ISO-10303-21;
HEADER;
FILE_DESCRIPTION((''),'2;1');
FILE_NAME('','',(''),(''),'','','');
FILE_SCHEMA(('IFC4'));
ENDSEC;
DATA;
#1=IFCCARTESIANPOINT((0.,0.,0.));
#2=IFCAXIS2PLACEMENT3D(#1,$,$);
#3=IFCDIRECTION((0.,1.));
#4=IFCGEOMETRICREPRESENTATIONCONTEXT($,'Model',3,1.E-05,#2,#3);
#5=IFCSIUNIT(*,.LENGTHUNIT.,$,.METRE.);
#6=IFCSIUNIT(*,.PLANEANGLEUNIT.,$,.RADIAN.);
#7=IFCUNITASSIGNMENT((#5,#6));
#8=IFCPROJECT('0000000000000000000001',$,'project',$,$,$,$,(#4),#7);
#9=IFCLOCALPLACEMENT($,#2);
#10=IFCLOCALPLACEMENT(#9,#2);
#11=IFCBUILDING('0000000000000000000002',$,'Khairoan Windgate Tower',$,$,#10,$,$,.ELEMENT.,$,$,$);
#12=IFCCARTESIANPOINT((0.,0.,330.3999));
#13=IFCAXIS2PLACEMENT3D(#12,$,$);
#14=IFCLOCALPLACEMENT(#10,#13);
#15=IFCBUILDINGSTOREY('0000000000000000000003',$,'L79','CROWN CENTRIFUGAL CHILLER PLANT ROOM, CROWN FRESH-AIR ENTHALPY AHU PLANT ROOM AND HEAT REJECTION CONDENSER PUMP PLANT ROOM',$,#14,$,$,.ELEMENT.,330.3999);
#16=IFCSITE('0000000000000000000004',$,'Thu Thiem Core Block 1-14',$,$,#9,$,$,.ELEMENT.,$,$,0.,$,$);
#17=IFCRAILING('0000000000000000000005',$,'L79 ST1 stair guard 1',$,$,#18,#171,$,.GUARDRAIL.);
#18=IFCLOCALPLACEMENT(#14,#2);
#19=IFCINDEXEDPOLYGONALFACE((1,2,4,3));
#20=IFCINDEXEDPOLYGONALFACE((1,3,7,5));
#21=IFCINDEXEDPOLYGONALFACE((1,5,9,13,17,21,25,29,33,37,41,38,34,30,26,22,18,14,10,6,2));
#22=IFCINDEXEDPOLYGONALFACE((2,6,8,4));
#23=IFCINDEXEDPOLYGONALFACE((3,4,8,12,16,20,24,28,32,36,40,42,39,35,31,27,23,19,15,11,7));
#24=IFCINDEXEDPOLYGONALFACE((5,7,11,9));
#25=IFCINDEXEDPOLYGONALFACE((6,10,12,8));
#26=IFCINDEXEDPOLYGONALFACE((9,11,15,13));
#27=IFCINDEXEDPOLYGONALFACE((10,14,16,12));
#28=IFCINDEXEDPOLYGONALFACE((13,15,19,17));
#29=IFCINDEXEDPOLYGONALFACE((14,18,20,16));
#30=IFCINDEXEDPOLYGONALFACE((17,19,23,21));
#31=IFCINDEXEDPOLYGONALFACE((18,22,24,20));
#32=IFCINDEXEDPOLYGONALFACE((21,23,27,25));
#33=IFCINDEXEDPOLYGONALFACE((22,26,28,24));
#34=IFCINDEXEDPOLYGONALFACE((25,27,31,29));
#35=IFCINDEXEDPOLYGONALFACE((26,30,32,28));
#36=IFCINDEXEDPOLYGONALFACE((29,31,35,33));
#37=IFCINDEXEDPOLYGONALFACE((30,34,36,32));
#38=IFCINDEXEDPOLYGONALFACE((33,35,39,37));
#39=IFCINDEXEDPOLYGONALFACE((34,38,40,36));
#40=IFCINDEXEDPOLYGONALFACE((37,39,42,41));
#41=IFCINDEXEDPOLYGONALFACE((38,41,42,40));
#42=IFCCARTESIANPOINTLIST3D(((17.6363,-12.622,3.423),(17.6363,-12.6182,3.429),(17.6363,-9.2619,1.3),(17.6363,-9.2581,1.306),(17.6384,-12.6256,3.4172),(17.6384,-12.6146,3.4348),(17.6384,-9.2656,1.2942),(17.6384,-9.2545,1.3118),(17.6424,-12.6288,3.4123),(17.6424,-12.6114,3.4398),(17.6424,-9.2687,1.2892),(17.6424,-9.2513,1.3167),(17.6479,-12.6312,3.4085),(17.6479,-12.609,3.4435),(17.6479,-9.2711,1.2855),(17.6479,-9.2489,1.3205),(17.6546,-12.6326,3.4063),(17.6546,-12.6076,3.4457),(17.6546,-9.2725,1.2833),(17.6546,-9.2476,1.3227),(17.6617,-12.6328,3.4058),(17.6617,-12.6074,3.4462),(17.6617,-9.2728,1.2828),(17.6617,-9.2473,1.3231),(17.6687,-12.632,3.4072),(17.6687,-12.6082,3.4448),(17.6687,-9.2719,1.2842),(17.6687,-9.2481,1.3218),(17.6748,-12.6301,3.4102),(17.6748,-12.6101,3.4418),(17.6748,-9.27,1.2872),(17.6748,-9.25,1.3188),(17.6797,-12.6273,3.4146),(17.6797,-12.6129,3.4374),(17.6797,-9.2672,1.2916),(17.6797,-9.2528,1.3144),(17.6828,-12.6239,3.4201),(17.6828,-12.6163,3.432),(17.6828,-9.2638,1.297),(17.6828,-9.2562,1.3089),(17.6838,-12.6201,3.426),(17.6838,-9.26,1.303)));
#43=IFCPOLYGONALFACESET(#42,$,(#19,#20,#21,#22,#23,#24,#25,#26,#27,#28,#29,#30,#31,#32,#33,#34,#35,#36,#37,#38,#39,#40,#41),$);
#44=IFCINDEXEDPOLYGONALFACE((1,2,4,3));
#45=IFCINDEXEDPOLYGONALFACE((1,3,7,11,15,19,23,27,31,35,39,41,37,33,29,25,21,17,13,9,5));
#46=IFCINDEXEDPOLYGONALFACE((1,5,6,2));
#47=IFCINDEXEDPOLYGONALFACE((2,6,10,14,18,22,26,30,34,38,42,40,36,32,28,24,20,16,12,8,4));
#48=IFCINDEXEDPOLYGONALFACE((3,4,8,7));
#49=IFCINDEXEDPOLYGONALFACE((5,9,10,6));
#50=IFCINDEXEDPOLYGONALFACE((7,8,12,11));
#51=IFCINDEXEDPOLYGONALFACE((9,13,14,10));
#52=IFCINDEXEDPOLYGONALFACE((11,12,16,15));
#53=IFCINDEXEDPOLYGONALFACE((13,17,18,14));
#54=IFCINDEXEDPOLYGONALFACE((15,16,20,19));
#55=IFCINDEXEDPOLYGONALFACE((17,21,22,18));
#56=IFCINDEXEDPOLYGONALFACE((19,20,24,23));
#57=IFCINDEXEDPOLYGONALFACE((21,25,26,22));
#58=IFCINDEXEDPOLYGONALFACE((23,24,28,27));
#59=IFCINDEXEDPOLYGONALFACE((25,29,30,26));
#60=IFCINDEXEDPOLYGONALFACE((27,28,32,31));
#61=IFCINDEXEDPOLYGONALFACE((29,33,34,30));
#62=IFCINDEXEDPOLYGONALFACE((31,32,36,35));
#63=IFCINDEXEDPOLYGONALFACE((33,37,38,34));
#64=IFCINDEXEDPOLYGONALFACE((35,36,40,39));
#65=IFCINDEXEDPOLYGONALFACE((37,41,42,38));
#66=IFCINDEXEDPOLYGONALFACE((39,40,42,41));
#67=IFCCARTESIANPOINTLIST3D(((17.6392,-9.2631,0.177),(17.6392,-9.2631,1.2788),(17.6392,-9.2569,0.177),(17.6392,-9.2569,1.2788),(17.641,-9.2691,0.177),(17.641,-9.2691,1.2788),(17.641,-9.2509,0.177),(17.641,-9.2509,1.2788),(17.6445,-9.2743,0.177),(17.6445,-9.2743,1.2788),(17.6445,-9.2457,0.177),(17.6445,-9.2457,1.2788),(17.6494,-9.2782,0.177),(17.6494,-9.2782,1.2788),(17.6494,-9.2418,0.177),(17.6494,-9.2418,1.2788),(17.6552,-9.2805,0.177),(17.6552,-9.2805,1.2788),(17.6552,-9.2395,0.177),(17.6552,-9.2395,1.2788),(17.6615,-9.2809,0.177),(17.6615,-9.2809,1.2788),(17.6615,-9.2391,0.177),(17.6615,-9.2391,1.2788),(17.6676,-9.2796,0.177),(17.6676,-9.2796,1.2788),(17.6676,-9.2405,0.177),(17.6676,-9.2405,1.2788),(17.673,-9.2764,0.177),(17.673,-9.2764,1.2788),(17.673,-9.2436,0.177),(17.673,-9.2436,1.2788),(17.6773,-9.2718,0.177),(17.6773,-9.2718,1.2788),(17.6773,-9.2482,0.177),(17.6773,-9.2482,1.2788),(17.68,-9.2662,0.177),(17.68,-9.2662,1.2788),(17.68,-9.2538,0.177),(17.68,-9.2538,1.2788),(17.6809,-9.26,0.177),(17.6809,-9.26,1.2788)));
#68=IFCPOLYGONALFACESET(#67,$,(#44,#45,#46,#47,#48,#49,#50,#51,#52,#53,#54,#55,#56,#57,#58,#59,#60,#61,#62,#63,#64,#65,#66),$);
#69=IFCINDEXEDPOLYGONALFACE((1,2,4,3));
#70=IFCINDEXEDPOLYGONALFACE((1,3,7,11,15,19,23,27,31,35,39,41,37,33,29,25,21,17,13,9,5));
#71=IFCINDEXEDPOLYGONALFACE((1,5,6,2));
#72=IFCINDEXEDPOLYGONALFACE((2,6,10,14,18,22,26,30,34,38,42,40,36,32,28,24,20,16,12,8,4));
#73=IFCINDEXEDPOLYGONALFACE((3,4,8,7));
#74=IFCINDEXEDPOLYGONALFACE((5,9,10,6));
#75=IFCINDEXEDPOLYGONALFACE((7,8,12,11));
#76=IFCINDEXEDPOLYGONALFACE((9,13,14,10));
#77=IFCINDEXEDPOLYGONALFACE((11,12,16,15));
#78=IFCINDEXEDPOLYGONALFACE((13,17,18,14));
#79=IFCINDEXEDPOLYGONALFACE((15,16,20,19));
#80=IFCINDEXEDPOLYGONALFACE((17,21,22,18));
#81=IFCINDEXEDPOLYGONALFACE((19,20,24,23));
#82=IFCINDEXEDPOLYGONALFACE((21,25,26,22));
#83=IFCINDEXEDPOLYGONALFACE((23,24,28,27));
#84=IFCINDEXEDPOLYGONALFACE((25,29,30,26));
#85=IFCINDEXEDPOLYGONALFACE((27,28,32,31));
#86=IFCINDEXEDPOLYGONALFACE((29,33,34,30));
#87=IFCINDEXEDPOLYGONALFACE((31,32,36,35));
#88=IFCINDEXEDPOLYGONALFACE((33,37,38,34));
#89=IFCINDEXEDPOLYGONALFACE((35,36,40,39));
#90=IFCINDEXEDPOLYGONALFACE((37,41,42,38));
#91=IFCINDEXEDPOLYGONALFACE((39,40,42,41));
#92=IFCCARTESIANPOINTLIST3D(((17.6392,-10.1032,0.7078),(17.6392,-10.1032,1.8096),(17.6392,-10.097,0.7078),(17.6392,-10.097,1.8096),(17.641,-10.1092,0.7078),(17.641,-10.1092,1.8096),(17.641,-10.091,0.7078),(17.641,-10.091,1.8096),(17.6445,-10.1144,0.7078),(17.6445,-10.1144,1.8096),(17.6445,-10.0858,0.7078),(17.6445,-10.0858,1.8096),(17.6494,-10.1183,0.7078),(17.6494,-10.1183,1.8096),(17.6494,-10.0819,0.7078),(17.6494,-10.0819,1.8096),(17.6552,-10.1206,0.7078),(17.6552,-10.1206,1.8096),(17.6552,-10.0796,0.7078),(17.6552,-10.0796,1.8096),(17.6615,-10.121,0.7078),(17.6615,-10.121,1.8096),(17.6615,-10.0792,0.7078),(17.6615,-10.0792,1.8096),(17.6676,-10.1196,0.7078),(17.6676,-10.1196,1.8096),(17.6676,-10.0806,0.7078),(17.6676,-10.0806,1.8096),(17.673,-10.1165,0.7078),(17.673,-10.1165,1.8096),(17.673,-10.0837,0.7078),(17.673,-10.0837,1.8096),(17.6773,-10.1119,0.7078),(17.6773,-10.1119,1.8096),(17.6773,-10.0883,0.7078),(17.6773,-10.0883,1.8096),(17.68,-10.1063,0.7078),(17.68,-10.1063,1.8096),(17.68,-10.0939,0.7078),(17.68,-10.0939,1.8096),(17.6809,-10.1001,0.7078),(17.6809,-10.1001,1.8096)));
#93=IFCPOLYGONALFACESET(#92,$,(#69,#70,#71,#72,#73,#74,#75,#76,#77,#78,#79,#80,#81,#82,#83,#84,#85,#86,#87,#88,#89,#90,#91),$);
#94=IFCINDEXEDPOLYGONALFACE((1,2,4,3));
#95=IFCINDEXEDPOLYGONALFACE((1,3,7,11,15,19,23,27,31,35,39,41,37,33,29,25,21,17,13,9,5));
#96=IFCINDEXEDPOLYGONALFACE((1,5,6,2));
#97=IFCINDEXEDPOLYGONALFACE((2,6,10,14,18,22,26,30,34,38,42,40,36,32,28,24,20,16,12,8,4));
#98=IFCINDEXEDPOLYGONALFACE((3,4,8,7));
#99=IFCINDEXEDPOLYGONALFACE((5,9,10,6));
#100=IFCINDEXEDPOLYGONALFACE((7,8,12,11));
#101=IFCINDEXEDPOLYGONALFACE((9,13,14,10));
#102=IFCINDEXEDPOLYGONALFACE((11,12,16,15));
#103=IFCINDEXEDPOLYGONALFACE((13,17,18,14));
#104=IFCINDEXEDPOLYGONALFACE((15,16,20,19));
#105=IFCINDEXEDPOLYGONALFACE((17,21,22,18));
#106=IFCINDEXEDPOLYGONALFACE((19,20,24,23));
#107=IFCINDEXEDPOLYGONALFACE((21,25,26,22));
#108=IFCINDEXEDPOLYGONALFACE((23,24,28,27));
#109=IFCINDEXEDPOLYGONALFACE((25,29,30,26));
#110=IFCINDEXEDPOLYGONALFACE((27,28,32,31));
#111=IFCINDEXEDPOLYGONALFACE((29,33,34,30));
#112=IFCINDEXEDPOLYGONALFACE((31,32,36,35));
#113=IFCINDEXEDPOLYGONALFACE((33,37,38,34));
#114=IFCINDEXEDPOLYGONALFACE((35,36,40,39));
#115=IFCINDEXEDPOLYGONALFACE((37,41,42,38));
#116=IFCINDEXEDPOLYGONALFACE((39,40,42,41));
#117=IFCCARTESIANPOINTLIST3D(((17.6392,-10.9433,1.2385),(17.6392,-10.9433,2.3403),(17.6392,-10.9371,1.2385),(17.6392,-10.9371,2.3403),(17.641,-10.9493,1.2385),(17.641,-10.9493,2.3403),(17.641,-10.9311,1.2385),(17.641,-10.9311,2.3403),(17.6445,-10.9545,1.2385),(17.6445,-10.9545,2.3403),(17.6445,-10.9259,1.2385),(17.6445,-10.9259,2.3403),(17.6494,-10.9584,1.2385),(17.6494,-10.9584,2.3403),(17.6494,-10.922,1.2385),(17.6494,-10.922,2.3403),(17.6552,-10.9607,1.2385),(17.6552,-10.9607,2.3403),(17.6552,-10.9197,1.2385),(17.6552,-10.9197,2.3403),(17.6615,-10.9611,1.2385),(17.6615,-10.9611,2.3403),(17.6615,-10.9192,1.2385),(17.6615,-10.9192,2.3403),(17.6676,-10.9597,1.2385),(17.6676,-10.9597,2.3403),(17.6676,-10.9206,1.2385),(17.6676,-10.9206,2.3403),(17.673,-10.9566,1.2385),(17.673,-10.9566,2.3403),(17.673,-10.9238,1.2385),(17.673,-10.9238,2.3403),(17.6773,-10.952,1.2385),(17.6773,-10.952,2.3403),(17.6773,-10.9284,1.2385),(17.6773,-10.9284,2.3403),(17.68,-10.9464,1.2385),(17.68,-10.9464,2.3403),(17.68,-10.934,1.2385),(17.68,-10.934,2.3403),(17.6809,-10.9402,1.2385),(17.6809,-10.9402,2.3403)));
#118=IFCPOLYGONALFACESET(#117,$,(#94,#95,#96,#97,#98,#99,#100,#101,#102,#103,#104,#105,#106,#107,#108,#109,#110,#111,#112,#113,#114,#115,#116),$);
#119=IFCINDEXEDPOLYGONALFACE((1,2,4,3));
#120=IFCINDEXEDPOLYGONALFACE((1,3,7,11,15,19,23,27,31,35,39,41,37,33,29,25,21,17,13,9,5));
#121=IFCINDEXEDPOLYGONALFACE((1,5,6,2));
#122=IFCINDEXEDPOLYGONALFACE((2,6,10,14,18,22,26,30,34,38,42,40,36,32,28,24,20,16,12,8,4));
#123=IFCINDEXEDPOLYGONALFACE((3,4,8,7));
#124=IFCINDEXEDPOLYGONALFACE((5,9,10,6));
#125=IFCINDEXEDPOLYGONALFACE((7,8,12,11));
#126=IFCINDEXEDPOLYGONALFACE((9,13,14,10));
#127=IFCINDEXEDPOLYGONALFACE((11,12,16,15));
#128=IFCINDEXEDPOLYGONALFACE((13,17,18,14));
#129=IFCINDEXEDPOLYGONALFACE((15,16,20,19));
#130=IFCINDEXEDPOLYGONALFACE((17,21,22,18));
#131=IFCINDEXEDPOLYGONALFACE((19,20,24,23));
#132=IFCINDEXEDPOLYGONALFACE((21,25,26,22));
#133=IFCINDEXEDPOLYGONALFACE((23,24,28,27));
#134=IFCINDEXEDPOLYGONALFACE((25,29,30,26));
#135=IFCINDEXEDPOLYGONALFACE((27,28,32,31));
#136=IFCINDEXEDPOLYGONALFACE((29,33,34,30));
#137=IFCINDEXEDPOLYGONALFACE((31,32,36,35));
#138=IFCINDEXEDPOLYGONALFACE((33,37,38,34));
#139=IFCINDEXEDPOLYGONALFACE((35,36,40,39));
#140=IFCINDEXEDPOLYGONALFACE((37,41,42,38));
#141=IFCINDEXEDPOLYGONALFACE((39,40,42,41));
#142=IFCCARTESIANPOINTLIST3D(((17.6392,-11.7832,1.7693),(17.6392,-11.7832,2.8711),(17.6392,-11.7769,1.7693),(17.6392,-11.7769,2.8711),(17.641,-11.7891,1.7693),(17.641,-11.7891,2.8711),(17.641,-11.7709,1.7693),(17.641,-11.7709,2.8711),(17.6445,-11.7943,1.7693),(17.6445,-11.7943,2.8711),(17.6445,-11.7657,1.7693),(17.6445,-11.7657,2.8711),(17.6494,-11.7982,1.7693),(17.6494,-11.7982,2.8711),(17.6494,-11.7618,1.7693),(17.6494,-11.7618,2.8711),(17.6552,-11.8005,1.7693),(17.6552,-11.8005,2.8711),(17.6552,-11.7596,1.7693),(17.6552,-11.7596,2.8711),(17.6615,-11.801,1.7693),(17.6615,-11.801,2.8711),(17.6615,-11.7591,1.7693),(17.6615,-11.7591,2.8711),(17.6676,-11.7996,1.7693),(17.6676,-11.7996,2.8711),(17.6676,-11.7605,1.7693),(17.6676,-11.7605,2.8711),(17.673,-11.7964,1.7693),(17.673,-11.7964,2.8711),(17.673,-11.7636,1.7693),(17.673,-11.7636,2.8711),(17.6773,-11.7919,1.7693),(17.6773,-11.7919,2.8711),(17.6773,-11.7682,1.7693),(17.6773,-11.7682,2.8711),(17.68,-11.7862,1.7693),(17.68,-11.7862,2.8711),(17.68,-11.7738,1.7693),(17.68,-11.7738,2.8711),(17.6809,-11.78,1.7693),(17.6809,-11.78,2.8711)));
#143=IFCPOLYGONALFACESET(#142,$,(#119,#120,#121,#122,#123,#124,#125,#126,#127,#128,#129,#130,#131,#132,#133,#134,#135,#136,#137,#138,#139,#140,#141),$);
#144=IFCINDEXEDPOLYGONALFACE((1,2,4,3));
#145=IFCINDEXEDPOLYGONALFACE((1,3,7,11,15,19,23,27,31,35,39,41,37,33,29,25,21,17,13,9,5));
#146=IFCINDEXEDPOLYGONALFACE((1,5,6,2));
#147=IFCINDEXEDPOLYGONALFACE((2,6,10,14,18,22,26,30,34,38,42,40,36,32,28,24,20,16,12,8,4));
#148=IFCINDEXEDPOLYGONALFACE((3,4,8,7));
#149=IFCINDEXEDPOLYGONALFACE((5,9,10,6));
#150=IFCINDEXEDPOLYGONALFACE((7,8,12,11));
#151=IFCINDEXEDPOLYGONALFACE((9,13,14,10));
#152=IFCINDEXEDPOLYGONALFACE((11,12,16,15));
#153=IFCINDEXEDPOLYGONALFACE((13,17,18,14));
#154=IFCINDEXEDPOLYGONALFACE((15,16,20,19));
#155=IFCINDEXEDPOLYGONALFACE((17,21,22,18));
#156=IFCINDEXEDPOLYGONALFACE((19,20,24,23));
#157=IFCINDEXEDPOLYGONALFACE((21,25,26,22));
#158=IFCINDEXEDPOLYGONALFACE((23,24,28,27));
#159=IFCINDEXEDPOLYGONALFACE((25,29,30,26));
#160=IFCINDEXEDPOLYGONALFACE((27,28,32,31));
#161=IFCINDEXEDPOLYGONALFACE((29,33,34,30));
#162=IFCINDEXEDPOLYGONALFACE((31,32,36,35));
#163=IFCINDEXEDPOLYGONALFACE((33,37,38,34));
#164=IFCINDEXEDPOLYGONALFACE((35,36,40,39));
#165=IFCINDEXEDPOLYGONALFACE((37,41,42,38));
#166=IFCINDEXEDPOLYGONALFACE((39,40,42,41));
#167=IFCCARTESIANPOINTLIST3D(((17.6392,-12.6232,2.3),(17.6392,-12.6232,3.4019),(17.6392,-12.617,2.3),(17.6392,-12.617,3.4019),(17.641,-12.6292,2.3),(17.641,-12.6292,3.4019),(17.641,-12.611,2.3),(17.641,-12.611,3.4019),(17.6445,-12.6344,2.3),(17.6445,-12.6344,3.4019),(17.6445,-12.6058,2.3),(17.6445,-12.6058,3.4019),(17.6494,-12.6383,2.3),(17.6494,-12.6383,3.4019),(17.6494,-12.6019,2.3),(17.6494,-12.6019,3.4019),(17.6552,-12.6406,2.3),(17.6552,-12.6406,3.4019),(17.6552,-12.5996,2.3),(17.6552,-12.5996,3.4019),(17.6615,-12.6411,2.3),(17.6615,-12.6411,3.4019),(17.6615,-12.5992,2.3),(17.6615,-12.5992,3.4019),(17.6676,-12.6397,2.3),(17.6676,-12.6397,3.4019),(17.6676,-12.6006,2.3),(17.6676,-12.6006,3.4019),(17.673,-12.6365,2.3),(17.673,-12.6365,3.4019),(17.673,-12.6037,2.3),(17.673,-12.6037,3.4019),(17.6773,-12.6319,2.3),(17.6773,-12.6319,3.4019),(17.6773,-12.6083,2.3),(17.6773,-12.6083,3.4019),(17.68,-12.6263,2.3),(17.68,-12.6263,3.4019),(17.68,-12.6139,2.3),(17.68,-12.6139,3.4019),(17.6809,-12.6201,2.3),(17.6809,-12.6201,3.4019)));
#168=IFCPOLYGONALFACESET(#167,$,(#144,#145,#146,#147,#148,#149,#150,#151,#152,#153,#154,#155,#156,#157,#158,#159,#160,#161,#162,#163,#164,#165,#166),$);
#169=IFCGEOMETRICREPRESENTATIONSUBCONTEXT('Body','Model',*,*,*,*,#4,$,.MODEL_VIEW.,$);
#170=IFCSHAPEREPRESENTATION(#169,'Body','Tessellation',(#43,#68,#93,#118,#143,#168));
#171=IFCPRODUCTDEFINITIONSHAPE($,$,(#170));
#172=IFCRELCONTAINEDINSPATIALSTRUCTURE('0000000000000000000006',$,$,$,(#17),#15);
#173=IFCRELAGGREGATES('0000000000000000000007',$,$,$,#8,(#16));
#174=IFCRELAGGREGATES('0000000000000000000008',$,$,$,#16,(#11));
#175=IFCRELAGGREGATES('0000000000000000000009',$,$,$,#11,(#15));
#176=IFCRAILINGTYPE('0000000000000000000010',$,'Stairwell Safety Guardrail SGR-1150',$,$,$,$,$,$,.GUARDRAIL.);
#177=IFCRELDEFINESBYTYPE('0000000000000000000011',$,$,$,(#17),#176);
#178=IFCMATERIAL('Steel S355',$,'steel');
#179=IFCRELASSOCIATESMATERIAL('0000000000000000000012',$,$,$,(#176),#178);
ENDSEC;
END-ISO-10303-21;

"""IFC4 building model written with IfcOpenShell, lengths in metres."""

from ifc_helpers import new_model, si_unit, direction, frame, origin, origin_2d, place, context, subcontext, project, spatial, circle, extrude, material, type_object, element, save


model = new_model("IFC4")

# Units and contexts
model_context = context("Model", 3, precision=1e-05, world=origin(), true_north=direction((0.0, 1.0)))
body_context = subcontext(model_context, "Body", "Model", "MODEL_VIEW")
ifc_project = project(units=[si_unit("LENGTHUNIT", "METRE"), si_unit("PLANEANGLEUNIT", "RADIAN")], contexts=[model_context])

# Site, building, storey
site_placement = place(None, origin())
site = spatial("IfcSite", under=ifc_project, at=site_placement, Name="Thu Thiem Core Block 1-14", CompositionType="ELEMENT", RefElevation=0.0)
building_placement = place(site_placement, origin())
building = spatial("IfcBuilding", under=site, at=building_placement, Name="Khairoan Windgate Tower", CompositionType="ELEMENT")
storey_placement = place(building_placement, frame((0.0, 0.0, 330.3999)))
storey = spatial("IfcBuildingStorey", under=building, at=storey_placement, Name="L79", Description="CROWN CENTRIFUGAL CHILLER PLANT ROOM, CROWN FRESH-AIR ENTHALPY AHU PLANT ROOM AND HEAT REJECTION CONDENSER PUMP PLANT ROOM", CompositionType="ELEMENT", Elevation=330.3999)

# Railing
ifc_material_1 = material(Name="Steel S355", Category="steel")
railing_type_1 = type_object("IfcRailingType", Name="Stairwell Safety Guardrail SGR-1150", PredefinedType="GUARDRAIL", material=ifc_material_1)
railing_1_placement = place(storey_placement, frame((17.6599, -9.26, 0.177)))
element("IfcRailing", 1, at=railing_1_placement, inside=storey, type_object=railing_type_1, Name="L79 ST1 stair guard 1", PredefinedType="GUARDRAIL", context=body_context, shape_type="SweptSolid", body=[
    extrude(circle(Radius=0.0239, at=origin_2d()), frame((0.0, 0.0, 1.126), z_axis=(0.0, -0.84539, 0.53415), x_axis=(1.0, 0.0, 0.0)), (0.0, 0.0, 1.0), 3.9746),
    extrude(circle(Radius=0.021, at=origin_2d()), origin(), (0.0, 0.0, 1.0), 1.1018),
    extrude(circle(Radius=0.021, at=origin_2d()), frame((0.0, -0.8401, 0.5308)), (0.0, 0.0, 1.0), 1.1018),
    extrude(circle(Radius=0.021, at=origin_2d()), frame((0.0, -1.6802, 1.0615)), (0.0, 0.0, 1.0), 1.1018),
    extrude(circle(Radius=0.021, at=origin_2d()), frame((0.0, -2.52, 1.5923)), (0.0, 0.0, 1.0), 1.1018),
    extrude(circle(Radius=0.021, at=origin_2d()), frame((0.0, -3.3601, 2.123)), (0.0, 0.0, 1.0), 1.1018),
])

save(model, "model.ifc")
